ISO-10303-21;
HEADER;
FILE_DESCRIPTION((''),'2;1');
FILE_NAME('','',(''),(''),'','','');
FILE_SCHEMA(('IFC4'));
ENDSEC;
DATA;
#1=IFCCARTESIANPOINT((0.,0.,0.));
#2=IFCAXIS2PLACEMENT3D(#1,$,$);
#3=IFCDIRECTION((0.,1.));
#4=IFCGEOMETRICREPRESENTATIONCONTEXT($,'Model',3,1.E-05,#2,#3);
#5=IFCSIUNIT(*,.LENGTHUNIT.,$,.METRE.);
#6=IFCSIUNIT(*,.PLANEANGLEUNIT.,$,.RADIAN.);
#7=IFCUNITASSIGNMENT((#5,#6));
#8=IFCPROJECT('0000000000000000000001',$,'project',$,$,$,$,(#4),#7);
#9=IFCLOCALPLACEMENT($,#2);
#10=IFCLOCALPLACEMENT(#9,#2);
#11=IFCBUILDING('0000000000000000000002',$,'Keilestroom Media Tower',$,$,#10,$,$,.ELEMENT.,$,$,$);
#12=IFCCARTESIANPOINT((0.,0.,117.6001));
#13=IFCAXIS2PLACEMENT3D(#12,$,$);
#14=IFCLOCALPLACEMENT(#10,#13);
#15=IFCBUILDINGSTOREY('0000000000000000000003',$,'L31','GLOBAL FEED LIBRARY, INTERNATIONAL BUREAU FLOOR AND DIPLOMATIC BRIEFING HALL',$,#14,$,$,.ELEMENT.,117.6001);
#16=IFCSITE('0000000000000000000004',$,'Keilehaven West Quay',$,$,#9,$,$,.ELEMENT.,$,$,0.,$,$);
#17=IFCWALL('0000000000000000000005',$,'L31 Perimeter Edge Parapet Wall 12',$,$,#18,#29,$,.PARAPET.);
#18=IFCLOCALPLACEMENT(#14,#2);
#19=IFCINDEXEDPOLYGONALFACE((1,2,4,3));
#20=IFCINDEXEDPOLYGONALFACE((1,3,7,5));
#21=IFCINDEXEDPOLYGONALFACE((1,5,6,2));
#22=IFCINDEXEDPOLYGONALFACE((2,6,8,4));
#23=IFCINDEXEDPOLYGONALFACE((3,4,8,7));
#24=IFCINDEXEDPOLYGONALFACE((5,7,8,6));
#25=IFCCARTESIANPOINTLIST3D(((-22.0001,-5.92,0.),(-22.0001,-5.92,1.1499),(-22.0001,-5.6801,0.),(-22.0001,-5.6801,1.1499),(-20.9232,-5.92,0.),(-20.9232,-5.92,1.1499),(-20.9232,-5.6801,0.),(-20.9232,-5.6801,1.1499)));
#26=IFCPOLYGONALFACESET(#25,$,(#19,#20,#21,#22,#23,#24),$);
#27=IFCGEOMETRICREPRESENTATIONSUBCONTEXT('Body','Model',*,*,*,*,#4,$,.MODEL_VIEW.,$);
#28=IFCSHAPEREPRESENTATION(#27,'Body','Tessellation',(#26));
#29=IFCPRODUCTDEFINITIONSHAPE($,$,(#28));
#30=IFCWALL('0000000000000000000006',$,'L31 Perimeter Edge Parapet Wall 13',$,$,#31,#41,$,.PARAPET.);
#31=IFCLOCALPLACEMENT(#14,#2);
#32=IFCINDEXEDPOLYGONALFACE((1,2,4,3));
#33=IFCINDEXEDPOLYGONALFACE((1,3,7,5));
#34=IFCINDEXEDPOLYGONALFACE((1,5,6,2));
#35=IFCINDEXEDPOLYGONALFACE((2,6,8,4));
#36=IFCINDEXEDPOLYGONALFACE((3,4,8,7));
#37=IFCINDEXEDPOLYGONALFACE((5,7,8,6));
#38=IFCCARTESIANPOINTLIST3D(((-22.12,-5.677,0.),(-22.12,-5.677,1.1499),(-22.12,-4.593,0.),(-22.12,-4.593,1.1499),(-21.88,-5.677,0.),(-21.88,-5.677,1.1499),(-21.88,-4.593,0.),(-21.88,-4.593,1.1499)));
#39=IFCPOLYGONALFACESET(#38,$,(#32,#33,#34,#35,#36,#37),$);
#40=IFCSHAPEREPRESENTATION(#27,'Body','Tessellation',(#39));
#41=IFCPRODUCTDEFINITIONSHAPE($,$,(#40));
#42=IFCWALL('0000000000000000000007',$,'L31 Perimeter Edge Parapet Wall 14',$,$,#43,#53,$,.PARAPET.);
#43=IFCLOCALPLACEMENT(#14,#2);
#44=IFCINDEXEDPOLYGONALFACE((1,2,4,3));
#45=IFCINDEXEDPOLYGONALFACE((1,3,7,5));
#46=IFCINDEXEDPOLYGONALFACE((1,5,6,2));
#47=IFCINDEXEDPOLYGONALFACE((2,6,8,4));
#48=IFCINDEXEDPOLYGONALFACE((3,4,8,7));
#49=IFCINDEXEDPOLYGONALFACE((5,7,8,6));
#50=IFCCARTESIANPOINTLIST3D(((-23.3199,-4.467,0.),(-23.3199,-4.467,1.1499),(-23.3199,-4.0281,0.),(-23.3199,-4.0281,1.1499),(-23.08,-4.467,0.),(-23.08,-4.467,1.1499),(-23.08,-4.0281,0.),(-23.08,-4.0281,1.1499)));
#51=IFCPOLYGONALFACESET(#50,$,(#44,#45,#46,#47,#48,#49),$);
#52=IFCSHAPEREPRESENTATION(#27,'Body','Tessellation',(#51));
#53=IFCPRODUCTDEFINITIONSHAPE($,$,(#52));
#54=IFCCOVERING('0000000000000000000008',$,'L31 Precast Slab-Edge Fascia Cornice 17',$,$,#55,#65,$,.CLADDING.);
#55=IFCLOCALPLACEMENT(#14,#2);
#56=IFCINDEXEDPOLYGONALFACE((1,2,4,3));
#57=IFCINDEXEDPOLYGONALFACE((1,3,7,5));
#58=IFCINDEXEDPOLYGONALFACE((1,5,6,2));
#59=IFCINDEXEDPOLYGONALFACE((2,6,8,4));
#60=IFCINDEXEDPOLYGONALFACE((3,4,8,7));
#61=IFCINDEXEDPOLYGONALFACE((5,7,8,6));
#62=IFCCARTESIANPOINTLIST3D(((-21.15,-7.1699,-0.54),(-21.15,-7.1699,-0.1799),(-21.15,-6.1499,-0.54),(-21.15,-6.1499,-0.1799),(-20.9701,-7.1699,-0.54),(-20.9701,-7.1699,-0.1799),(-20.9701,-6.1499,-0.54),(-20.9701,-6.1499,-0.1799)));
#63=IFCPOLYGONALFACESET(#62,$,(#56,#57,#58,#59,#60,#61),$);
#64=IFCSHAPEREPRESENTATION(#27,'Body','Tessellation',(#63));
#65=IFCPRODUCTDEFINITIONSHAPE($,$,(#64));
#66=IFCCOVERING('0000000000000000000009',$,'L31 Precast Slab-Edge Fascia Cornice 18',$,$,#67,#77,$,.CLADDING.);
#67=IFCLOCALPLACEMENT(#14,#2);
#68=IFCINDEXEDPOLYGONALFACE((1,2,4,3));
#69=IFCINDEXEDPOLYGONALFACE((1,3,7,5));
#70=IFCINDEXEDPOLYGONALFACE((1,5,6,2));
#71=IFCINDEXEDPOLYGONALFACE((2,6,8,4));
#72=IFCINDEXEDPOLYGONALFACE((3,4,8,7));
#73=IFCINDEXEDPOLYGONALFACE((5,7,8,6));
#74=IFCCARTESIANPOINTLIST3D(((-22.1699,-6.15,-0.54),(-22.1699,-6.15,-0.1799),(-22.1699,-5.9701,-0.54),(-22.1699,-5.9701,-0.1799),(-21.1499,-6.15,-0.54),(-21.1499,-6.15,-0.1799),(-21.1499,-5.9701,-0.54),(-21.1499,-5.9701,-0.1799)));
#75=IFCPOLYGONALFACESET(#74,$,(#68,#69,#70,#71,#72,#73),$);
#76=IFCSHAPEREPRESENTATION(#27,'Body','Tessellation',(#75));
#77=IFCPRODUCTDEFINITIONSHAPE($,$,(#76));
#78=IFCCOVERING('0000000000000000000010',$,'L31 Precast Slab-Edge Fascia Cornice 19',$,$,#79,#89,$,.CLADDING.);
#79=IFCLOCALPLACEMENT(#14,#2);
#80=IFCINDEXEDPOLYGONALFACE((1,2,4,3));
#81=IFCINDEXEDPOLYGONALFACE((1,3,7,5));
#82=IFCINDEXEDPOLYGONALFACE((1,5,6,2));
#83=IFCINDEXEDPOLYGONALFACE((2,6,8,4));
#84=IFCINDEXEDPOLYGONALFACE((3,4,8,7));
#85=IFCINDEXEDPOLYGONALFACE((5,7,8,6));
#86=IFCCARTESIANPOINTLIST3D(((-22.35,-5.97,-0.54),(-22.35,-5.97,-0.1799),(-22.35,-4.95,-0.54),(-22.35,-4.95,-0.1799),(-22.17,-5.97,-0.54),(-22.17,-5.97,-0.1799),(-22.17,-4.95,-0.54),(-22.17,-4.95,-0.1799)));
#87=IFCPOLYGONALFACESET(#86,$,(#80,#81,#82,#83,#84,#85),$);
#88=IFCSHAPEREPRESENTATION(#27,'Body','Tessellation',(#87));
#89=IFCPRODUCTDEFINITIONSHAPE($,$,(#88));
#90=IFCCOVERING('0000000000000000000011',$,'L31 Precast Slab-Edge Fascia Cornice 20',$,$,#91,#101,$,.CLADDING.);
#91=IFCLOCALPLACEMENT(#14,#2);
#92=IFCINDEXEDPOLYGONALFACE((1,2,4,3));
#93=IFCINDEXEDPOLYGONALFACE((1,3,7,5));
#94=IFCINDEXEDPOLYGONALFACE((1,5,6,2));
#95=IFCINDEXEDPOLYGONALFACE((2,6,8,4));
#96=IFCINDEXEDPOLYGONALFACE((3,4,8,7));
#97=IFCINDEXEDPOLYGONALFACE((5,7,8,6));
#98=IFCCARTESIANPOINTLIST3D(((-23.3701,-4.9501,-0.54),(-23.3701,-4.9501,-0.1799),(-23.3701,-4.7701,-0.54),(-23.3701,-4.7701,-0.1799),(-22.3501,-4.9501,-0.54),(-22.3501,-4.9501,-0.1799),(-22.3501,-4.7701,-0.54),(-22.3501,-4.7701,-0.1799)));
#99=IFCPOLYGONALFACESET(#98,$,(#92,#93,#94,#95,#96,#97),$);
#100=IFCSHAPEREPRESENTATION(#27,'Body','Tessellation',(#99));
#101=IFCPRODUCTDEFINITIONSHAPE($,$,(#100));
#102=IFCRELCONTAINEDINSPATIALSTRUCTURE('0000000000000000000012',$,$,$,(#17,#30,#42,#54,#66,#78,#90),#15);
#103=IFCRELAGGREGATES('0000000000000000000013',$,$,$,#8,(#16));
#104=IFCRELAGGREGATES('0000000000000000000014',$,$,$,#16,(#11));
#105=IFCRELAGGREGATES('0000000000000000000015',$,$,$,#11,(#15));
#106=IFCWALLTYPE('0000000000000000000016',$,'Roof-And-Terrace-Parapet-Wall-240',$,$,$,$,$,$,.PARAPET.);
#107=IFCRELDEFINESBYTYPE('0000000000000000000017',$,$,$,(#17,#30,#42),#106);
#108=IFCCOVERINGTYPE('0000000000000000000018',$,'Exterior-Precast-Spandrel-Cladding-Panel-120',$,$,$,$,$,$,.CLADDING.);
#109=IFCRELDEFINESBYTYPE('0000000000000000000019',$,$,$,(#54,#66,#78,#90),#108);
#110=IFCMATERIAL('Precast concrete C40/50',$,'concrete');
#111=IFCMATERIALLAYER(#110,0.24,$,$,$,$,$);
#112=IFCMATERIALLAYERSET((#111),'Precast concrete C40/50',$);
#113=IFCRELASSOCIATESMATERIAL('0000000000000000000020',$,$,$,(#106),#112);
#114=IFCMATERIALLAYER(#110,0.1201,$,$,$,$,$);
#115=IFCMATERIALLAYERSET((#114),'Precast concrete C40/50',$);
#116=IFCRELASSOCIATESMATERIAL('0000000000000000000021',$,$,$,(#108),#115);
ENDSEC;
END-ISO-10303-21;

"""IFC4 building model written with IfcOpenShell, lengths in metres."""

from ifc_helpers import new_model, si_unit, direction, frame, frame_2d, origin, origin_2d, place, context, subcontext, project, spatial, rectangle, extrude, source, transform, mapped, material, layer, layer_set, type_object, element, save


model = new_model("IFC4")

# Units and contexts
model_context = context("Model", 3, precision=1e-05, world=origin(), true_north=direction((0.0, 1.0)))
body_context = subcontext(model_context, "Body", "Model", "MODEL_VIEW")
ifc_project = project(units=[si_unit("LENGTHUNIT", "METRE"), si_unit("PLANEANGLEUNIT", "RADIAN")], contexts=[model_context])

# Site, building, storey
site_placement = place(None, origin())
site = spatial("IfcSite", under=ifc_project, at=site_placement, Name="Keilehaven West Quay", CompositionType="ELEMENT", RefElevation=0.0)
building_placement = place(site_placement, origin())
building = spatial("IfcBuilding", under=site, at=building_placement, Name="Keilestroom Media Tower", CompositionType="ELEMENT")
storey_placement = place(building_placement, frame((0.0, 0.0, 117.6001)))
storey = spatial("IfcBuildingStorey", under=building, at=storey_placement, Name="L31", Description="GLOBAL FEED LIBRARY, INTERNATIONAL BUREAU FLOOR AND DIPLOMATIC BRIEFING HALL", CompositionType="ELEMENT", Elevation=117.6001)

# Shared definitions
ifc_material_1 = material(Name="Precast concrete C40/50", Category="concrete")

# Walls
ifc_layer_1 = layer(ifc_material_1, 0.24)
ifc_layer_set_1 = layer_set([ifc_layer_1], Name="Precast concrete C40/50")
wall_type_1 = type_object("IfcWallType", Name="Roof-And-Terrace-Parapet-Wall-240", PredefinedType="PARAPET", material=ifc_layer_set_1)
for number, where, z_axis, x_axis, name in (
    (1, (-20.9231, -5.8, 0.0), (0.0, 0.0, 1.0), (-1.0, 0.0, 0.0), "L31 Perimeter Edge Parapet Wall 12"),
):
    element("IfcWall", number, at=place(storey_placement, frame(where, z_axis=z_axis, x_axis=x_axis)), inside=storey, type_object=wall_type_1, Name=name, PredefinedType="PARAPET", context=body_context, shape_type="SweptSolid", body=[
        extrude(rectangle(XDim=1.0769, YDim=0.24, at=frame_2d((0.5386, 0.0))), origin(), (0.0, 0.0, 1.0), 1.1499),
    ])
wall_1_placement = place(storey_placement, frame((-22.0, -5.677, 0.0), z_axis=(0.0, 0.0, 1.0), x_axis=(0.0, 1.0, 0.0)))
element("IfcWall", 2, at=wall_1_placement, inside=storey, type_object=wall_type_1, Name="L31 Perimeter Edge Parapet Wall 13", PredefinedType="PARAPET", context=body_context, shape_type="SweptSolid", body=[
    extrude(rectangle(XDim=1.084, YDim=0.24, at=frame_2d((0.542, 0.0))), origin(), (0.0, 0.0, 1.0), 1.1499),
])
wall_2_placement = place(storey_placement, frame((-23.2, -4.467, 0.0), z_axis=(0.0, 0.0, 1.0), x_axis=(0.0, 1.0, 0.0)))
element("IfcWall", 3, at=wall_2_placement, inside=storey, type_object=wall_type_1, Name="L31 Perimeter Edge Parapet Wall 14", PredefinedType="PARAPET", context=body_context, shape_type="SweptSolid", body=[
    extrude(rectangle(XDim=0.439, YDim=0.24, at=frame_2d((0.2195, 0.0))), origin(), (0.0, 0.0, 1.0), 1.1499),
])

# Coverings
ifc_layer_2 = layer(ifc_material_1, 0.1201)
ifc_layer_set_2 = layer_set([ifc_layer_2], Name="Precast concrete C40/50")
covering_type = type_object("IfcCoveringType", Name="Exterior-Precast-Spandrel-Cladding-Panel-120", PredefinedType="CLADDING", material=ifc_layer_set_2)
shared_shape_1 = source(origin(), body_context, "Body", "SweptSolid", [
    extrude(rectangle(XDim=1.02, YDim=0.1799, at=origin_2d()), origin(), (0.0, 0.0, 1.0), 0.3601),
])
for number, where, z_axis, x_axis, name in (
    (4, (-21.0601, -6.6599, -0.54), (0.0, 0.0, 1.0), (0.0, 1.0, 0.0), "L31 Precast Slab-Edge Fascia Cornice 17"),
    (5, (-21.6599, -6.0601, -0.54), (0.0, 0.0, 1.0), (-1.0, 0.0, 0.0), "L31 Precast Slab-Edge Fascia Cornice 18"),
    (6, (-22.26, -5.46, -0.54), (0.0, 0.0, 1.0), (0.0, 1.0, 0.0), "L31 Precast Slab-Edge Fascia Cornice 19"),
    (7, (-22.8601, -4.8601, -0.54), (0.0, 0.0, 1.0), (-1.0, 0.0, 0.0), "L31 Precast Slab-Edge Fascia Cornice 20"),
):
    element("IfcCovering", number, at=place(storey_placement, frame(where, z_axis=z_axis, x_axis=x_axis)), inside=storey, type_object=covering_type, Name=name, PredefinedType="CLADDING", context=body_context, shape_type="MappedRepresentation", body=[
        mapped(shared_shape_1, transform((0.0, 0.0, 0.0), x_axis=(1.0, 0.0, 0.0), y_axis=(0.0, 1.0, 0.0), z_axis=(0.0, 0.0, 1.0), scale=1.0)),
    ])

save(model, "model.ifc")
